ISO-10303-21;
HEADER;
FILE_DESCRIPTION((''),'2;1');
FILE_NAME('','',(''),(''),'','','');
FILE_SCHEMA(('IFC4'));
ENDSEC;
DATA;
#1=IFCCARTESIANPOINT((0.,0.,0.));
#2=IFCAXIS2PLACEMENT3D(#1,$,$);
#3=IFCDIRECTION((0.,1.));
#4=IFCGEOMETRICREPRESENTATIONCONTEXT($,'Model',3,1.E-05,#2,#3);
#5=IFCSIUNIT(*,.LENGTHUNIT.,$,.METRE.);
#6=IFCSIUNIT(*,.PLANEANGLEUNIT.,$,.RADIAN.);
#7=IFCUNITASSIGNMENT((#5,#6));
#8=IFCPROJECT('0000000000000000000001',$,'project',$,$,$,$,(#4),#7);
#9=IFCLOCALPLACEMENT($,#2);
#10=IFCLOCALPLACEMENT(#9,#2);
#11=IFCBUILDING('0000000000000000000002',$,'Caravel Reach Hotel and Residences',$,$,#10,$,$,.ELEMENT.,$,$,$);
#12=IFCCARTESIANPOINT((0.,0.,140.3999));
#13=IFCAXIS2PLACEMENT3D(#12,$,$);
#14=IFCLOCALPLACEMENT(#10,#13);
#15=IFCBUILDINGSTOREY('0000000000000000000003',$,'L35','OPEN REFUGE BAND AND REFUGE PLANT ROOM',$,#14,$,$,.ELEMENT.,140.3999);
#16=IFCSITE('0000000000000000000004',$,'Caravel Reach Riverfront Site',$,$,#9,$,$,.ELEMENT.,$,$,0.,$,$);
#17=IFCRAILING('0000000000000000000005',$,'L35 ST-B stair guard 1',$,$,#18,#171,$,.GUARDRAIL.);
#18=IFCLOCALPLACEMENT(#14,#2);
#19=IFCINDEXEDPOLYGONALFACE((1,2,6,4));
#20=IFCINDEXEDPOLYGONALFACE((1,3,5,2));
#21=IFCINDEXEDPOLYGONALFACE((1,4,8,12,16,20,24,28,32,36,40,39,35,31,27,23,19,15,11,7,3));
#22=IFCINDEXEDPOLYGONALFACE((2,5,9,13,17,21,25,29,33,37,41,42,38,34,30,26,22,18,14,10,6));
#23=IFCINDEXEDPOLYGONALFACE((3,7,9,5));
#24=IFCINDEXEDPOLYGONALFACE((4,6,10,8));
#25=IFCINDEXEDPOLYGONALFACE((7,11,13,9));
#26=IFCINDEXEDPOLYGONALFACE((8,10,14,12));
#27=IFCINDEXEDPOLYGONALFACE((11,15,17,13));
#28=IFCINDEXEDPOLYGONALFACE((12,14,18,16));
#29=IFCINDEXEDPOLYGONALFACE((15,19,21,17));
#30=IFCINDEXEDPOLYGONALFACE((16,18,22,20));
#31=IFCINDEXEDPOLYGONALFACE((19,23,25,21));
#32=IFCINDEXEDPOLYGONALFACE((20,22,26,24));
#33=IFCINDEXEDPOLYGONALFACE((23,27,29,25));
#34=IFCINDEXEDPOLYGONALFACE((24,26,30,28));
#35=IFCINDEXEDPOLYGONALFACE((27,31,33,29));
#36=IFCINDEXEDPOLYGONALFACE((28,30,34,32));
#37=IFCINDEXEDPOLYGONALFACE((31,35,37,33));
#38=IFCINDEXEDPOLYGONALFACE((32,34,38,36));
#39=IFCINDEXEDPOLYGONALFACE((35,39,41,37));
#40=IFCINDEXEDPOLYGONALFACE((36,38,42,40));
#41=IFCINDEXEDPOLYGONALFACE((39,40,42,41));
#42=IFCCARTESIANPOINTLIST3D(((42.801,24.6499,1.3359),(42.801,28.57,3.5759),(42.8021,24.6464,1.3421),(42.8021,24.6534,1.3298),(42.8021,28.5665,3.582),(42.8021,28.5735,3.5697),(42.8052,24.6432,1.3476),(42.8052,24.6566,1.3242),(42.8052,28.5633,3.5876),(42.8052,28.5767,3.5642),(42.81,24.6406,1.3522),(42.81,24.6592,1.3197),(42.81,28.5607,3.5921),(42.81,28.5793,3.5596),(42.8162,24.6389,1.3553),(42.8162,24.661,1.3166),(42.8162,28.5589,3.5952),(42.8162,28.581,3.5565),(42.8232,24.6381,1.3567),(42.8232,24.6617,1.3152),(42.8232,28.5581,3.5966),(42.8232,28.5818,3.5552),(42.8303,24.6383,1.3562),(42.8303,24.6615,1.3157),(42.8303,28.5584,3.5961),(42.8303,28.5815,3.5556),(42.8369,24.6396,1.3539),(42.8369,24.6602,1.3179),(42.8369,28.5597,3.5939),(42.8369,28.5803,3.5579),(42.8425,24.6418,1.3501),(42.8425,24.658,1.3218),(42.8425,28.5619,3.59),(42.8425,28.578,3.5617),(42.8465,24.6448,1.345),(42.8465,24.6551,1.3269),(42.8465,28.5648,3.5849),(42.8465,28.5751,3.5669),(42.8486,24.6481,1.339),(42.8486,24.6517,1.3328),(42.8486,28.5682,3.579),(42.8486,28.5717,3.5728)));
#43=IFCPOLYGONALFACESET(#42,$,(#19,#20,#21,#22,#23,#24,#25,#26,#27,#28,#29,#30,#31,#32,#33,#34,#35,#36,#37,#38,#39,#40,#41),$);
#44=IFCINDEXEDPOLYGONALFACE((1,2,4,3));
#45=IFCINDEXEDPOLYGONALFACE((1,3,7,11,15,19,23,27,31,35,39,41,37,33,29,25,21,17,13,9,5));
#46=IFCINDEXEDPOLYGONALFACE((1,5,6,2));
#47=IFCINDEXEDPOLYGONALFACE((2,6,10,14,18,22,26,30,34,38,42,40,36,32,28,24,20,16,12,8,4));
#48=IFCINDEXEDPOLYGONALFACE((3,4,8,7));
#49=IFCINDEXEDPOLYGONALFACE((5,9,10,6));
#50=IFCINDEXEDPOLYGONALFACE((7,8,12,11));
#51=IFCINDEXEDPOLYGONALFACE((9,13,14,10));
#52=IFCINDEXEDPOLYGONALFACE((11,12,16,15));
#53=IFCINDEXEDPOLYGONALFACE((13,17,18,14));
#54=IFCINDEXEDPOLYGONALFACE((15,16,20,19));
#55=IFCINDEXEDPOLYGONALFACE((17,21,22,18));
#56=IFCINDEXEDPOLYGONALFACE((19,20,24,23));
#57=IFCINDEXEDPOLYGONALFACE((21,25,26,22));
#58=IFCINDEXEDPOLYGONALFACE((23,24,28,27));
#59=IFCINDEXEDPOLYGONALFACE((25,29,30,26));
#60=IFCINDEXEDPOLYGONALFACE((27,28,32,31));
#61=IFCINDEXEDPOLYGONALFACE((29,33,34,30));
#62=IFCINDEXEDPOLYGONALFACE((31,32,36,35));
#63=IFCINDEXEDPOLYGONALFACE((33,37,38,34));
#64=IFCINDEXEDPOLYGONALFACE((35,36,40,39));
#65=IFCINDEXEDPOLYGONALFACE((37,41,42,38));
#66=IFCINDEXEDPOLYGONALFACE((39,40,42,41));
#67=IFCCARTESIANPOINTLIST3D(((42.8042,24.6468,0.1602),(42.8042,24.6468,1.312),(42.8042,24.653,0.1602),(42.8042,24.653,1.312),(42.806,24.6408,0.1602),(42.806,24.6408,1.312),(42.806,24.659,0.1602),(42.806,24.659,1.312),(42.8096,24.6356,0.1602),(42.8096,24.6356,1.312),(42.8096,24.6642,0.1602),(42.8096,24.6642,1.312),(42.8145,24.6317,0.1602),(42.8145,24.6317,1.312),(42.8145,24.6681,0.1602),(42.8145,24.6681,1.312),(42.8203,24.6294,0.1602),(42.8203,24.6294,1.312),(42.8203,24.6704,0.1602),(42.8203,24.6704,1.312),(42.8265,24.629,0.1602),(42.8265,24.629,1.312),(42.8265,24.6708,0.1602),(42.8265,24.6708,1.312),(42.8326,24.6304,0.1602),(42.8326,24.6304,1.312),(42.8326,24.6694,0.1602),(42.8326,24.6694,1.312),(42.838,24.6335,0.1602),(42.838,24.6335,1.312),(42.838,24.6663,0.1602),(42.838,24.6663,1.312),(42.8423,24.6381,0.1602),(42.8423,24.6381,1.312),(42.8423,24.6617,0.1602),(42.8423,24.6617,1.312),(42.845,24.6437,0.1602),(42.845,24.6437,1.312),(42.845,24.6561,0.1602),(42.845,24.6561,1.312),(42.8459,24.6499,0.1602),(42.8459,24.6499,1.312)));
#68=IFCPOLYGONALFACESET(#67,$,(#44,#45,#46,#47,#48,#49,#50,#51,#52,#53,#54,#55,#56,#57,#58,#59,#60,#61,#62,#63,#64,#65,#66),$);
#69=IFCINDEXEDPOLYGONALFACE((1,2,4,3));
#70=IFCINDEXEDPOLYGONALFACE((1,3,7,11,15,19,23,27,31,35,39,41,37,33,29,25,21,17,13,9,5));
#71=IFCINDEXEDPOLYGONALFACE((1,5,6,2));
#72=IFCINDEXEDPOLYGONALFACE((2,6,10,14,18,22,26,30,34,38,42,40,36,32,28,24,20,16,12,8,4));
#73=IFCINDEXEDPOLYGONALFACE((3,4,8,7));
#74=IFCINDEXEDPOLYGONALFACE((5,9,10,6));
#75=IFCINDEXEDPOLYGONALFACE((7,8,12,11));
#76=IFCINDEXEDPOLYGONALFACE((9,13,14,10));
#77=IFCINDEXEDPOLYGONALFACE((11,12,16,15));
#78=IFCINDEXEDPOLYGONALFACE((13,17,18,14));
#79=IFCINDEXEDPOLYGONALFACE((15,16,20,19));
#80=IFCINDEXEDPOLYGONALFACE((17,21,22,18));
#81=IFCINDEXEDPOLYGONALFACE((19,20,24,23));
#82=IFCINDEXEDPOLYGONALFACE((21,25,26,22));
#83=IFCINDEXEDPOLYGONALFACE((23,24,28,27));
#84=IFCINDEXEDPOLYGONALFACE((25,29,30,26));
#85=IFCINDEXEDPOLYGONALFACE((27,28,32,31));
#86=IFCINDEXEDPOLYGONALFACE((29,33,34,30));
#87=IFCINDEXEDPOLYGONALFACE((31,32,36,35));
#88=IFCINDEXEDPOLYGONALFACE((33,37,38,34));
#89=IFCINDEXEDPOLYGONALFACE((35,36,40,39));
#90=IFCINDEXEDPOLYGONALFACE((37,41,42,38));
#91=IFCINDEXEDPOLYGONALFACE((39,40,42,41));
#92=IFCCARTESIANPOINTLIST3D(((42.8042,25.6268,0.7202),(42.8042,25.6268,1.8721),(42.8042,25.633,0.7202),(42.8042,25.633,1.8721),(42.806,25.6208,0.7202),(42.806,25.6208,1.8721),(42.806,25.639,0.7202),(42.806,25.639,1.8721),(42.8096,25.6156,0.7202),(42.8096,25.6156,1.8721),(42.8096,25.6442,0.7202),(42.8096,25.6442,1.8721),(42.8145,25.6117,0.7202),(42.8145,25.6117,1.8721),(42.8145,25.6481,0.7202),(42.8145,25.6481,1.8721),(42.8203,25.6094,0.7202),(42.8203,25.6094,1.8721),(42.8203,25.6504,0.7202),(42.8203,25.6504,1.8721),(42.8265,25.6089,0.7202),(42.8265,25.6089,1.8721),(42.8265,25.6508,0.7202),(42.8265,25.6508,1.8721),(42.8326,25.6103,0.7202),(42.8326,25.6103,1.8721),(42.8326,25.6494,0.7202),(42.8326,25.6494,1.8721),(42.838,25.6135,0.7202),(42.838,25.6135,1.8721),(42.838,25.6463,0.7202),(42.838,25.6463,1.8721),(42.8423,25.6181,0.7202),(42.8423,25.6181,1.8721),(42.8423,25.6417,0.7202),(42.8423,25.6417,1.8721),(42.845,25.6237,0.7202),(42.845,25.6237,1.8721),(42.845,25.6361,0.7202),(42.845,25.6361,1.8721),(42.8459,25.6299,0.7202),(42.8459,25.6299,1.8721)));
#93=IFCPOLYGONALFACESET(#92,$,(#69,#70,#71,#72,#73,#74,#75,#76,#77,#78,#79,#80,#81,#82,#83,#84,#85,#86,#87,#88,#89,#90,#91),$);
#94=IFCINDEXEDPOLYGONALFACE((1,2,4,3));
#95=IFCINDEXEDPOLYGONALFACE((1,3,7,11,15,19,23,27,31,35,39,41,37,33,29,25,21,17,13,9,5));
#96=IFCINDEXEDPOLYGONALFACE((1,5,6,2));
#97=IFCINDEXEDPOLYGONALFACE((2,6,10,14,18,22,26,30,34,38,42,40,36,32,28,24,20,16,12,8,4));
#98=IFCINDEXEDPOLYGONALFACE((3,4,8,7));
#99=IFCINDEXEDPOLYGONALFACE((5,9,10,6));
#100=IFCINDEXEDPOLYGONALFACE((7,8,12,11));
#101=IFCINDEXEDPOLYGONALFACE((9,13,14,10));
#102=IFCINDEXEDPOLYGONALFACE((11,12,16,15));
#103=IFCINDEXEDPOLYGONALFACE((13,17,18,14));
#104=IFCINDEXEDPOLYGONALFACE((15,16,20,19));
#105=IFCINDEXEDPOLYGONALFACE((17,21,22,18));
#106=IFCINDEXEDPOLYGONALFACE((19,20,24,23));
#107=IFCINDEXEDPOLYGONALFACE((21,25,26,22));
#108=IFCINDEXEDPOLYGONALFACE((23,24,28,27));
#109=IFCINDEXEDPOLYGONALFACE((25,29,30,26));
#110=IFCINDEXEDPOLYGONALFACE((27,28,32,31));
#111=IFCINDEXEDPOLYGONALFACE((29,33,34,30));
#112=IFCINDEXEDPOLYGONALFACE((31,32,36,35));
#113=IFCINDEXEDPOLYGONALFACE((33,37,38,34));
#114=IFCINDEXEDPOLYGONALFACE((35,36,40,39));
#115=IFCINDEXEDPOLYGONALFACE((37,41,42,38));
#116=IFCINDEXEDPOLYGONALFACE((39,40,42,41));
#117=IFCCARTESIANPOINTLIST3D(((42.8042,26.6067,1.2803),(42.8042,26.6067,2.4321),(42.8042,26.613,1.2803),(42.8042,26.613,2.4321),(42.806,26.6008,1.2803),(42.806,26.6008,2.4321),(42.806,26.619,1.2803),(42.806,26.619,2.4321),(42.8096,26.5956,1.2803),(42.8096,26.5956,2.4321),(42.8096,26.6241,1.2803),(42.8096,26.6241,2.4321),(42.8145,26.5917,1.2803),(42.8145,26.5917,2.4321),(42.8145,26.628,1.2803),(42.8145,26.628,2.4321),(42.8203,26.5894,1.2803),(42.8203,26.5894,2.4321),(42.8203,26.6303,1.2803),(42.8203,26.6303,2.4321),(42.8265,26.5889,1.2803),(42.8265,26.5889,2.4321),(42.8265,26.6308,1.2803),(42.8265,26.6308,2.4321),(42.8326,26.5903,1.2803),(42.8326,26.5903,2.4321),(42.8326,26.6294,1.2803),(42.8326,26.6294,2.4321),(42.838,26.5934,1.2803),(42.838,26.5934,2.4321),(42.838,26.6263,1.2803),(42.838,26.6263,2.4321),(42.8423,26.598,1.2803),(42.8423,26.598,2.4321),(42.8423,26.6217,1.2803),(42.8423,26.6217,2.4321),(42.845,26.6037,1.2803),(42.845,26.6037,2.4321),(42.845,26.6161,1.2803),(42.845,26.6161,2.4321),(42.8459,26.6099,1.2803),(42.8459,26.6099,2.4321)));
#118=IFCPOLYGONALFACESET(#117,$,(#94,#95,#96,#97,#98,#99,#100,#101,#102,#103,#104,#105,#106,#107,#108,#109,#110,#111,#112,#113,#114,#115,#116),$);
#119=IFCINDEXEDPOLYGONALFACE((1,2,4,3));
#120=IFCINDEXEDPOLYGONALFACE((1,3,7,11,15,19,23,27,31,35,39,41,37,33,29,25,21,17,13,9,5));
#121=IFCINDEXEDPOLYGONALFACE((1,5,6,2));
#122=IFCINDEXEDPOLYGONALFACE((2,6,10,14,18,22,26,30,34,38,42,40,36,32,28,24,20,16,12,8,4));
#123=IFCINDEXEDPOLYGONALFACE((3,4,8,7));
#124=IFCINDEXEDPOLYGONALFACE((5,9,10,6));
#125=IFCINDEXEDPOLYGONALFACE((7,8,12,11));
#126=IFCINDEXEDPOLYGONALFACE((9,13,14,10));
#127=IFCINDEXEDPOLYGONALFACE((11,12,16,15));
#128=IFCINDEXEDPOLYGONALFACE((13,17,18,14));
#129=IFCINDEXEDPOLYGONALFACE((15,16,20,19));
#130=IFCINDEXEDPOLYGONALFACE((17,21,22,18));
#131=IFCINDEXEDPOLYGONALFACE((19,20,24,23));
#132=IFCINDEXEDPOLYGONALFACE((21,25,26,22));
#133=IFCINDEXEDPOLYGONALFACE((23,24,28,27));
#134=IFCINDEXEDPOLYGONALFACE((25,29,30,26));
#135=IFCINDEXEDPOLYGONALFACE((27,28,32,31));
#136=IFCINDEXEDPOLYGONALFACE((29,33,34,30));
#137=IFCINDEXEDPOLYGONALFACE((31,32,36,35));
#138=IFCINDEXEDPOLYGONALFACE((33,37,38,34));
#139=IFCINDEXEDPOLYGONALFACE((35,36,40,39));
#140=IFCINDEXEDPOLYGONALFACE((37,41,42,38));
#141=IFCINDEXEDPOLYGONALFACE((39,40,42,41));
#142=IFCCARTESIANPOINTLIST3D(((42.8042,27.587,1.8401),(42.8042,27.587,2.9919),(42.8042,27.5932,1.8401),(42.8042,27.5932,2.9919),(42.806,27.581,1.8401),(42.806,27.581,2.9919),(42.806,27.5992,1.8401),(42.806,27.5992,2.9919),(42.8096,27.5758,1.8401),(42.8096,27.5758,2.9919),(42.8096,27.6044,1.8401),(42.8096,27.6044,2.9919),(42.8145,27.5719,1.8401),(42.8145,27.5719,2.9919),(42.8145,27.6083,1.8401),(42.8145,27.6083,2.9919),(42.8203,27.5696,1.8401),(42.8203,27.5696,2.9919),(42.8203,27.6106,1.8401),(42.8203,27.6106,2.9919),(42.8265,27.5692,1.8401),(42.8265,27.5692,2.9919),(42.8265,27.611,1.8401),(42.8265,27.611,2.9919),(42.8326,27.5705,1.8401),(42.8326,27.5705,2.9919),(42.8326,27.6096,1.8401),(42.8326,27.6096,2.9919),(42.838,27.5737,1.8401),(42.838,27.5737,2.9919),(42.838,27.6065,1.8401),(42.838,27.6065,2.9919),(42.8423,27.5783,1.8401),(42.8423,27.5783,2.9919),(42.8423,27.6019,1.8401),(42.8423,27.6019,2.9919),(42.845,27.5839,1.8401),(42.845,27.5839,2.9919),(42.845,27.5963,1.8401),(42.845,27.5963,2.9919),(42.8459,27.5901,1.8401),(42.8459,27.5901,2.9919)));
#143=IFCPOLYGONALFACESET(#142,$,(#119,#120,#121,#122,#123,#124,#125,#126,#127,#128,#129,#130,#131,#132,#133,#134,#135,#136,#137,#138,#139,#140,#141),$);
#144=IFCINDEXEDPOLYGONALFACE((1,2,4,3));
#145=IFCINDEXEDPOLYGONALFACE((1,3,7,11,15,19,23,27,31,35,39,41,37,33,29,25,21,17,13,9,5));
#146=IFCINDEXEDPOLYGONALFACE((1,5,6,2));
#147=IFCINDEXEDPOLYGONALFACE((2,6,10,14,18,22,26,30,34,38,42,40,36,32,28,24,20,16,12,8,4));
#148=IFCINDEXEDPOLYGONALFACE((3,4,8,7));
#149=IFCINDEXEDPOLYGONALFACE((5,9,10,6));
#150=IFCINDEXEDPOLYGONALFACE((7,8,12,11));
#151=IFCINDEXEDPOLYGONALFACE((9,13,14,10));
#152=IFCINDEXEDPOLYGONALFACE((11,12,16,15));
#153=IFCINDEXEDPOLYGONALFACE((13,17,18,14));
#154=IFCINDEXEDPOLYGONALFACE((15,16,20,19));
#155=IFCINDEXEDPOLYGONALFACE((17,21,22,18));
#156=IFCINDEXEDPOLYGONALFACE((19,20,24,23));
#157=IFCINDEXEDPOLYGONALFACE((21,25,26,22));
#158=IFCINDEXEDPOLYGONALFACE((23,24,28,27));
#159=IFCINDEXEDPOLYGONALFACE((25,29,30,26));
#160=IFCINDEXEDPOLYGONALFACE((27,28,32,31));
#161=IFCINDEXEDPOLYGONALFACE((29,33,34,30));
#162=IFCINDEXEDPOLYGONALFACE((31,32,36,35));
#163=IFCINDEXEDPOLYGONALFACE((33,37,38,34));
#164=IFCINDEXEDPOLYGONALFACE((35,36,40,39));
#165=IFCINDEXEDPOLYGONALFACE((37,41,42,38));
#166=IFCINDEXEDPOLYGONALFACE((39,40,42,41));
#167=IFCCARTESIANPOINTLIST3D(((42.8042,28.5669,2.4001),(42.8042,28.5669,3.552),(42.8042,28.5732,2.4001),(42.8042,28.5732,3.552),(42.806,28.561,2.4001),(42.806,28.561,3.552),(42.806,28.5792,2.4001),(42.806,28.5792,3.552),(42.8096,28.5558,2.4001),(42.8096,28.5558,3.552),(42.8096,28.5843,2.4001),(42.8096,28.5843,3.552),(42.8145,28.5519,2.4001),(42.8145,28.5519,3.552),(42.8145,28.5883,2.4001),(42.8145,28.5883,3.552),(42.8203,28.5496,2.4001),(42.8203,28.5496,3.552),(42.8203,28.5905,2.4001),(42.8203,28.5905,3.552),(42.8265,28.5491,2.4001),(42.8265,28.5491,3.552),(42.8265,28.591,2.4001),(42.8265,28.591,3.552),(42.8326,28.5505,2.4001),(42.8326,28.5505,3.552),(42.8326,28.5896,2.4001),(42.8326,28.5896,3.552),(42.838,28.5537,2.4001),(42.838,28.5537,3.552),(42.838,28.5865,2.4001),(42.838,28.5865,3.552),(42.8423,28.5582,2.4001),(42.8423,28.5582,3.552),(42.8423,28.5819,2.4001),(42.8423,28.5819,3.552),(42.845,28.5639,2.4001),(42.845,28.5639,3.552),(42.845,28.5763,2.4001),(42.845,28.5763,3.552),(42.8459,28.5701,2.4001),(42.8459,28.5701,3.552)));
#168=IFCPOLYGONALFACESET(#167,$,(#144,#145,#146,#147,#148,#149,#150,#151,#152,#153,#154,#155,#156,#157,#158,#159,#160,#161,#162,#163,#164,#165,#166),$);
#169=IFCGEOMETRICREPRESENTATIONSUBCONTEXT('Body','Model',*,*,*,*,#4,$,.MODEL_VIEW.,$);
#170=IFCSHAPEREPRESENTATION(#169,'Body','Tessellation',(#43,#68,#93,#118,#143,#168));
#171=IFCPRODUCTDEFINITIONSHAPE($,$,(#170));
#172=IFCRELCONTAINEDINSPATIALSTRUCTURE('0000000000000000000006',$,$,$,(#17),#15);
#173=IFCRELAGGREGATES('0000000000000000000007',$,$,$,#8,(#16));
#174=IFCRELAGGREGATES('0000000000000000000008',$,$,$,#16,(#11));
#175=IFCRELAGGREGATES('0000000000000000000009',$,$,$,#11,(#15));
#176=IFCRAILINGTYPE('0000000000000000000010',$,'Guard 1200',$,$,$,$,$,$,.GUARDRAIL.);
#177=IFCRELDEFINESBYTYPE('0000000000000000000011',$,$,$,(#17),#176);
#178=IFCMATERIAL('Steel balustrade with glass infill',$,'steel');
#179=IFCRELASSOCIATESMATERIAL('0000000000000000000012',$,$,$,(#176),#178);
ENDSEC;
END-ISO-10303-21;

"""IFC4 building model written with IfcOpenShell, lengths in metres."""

from ifc_helpers import new_model, si_unit, direction, frame, origin, origin_2d, place, context, subcontext, project, spatial, circle, extrude, material, type_object, element, save


model = new_model("IFC4")

# Units and contexts
model_context = context("Model", 3, precision=1e-05, world=origin(), true_north=direction((0.0, 1.0)))
body_context = subcontext(model_context, "Body", "Model", "MODEL_VIEW")
ifc_project = project(units=[si_unit("LENGTHUNIT", "METRE"), si_unit("PLANEANGLEUNIT", "RADIAN")], contexts=[model_context])

# Site, building, storey
site_placement = place(None, origin())
site = spatial("IfcSite", under=ifc_project, at=site_placement, Name="Caravel Reach Riverfront Site", CompositionType="ELEMENT", RefElevation=0.0)
building_placement = place(site_placement, origin())
building = spatial("IfcBuilding", under=site, at=building_placement, Name="Caravel Reach Hotel and Residences", CompositionType="ELEMENT")
storey_placement = place(building_placement, frame((0.0, 0.0, 140.3999)))
storey = spatial("IfcBuildingStorey", under=building, at=storey_placement, Name="L35", Description="OPEN REFUGE BAND AND REFUGE PLANT ROOM", CompositionType="ELEMENT", Elevation=140.3999)

# Railing
ifc_material_1 = material(Name="Steel balustrade with glass infill", Category="steel")
railing_type_1 = type_object("IfcRailingType", Name="Guard 1200", PredefinedType="GUARDRAIL", material=ifc_material_1)
railing_1_placement = place(storey_placement, frame((42.825, 24.6499, 0.1602)))
element("IfcRailing", 1, at=railing_1_placement, inside=storey, type_object=railing_type_1, Name="L35 ST-B stair guard 1", PredefinedType="GUARDRAIL", context=body_context, shape_type="SweptSolid", body=[
    extrude(circle(Radius=0.0239, at=origin_2d()), frame((0.0, 0.0, 1.1758), z_axis=(0.0, 0.868253, 0.496121), x_axis=(-1.0, 0.0, 0.0)), (0.0, 0.0, 1.0), 4.5149),
    extrude(circle(Radius=0.021, at=origin_2d()), origin(), (0.0, 0.0, 1.0), 1.1519),
    extrude(circle(Radius=0.021, at=origin_2d()), frame((0.0, 0.98, 0.5601)), (0.0, 0.0, 1.0), 1.1519),
    extrude(circle(Radius=0.021, at=origin_2d()), frame((0.0, 1.96, 1.1201)), (0.0, 0.0, 1.0), 1.1519),
    extrude(circle(Radius=0.021, at=origin_2d()), frame((0.0, 2.9402, 1.6799)), (0.0, 0.0, 1.0), 1.1519),
    extrude(circle(Radius=0.021, at=origin_2d()), frame((0.0, 3.9202, 2.24)), (0.0, 0.0, 1.0), 1.1519),
])

save(model, "model.ifc")
